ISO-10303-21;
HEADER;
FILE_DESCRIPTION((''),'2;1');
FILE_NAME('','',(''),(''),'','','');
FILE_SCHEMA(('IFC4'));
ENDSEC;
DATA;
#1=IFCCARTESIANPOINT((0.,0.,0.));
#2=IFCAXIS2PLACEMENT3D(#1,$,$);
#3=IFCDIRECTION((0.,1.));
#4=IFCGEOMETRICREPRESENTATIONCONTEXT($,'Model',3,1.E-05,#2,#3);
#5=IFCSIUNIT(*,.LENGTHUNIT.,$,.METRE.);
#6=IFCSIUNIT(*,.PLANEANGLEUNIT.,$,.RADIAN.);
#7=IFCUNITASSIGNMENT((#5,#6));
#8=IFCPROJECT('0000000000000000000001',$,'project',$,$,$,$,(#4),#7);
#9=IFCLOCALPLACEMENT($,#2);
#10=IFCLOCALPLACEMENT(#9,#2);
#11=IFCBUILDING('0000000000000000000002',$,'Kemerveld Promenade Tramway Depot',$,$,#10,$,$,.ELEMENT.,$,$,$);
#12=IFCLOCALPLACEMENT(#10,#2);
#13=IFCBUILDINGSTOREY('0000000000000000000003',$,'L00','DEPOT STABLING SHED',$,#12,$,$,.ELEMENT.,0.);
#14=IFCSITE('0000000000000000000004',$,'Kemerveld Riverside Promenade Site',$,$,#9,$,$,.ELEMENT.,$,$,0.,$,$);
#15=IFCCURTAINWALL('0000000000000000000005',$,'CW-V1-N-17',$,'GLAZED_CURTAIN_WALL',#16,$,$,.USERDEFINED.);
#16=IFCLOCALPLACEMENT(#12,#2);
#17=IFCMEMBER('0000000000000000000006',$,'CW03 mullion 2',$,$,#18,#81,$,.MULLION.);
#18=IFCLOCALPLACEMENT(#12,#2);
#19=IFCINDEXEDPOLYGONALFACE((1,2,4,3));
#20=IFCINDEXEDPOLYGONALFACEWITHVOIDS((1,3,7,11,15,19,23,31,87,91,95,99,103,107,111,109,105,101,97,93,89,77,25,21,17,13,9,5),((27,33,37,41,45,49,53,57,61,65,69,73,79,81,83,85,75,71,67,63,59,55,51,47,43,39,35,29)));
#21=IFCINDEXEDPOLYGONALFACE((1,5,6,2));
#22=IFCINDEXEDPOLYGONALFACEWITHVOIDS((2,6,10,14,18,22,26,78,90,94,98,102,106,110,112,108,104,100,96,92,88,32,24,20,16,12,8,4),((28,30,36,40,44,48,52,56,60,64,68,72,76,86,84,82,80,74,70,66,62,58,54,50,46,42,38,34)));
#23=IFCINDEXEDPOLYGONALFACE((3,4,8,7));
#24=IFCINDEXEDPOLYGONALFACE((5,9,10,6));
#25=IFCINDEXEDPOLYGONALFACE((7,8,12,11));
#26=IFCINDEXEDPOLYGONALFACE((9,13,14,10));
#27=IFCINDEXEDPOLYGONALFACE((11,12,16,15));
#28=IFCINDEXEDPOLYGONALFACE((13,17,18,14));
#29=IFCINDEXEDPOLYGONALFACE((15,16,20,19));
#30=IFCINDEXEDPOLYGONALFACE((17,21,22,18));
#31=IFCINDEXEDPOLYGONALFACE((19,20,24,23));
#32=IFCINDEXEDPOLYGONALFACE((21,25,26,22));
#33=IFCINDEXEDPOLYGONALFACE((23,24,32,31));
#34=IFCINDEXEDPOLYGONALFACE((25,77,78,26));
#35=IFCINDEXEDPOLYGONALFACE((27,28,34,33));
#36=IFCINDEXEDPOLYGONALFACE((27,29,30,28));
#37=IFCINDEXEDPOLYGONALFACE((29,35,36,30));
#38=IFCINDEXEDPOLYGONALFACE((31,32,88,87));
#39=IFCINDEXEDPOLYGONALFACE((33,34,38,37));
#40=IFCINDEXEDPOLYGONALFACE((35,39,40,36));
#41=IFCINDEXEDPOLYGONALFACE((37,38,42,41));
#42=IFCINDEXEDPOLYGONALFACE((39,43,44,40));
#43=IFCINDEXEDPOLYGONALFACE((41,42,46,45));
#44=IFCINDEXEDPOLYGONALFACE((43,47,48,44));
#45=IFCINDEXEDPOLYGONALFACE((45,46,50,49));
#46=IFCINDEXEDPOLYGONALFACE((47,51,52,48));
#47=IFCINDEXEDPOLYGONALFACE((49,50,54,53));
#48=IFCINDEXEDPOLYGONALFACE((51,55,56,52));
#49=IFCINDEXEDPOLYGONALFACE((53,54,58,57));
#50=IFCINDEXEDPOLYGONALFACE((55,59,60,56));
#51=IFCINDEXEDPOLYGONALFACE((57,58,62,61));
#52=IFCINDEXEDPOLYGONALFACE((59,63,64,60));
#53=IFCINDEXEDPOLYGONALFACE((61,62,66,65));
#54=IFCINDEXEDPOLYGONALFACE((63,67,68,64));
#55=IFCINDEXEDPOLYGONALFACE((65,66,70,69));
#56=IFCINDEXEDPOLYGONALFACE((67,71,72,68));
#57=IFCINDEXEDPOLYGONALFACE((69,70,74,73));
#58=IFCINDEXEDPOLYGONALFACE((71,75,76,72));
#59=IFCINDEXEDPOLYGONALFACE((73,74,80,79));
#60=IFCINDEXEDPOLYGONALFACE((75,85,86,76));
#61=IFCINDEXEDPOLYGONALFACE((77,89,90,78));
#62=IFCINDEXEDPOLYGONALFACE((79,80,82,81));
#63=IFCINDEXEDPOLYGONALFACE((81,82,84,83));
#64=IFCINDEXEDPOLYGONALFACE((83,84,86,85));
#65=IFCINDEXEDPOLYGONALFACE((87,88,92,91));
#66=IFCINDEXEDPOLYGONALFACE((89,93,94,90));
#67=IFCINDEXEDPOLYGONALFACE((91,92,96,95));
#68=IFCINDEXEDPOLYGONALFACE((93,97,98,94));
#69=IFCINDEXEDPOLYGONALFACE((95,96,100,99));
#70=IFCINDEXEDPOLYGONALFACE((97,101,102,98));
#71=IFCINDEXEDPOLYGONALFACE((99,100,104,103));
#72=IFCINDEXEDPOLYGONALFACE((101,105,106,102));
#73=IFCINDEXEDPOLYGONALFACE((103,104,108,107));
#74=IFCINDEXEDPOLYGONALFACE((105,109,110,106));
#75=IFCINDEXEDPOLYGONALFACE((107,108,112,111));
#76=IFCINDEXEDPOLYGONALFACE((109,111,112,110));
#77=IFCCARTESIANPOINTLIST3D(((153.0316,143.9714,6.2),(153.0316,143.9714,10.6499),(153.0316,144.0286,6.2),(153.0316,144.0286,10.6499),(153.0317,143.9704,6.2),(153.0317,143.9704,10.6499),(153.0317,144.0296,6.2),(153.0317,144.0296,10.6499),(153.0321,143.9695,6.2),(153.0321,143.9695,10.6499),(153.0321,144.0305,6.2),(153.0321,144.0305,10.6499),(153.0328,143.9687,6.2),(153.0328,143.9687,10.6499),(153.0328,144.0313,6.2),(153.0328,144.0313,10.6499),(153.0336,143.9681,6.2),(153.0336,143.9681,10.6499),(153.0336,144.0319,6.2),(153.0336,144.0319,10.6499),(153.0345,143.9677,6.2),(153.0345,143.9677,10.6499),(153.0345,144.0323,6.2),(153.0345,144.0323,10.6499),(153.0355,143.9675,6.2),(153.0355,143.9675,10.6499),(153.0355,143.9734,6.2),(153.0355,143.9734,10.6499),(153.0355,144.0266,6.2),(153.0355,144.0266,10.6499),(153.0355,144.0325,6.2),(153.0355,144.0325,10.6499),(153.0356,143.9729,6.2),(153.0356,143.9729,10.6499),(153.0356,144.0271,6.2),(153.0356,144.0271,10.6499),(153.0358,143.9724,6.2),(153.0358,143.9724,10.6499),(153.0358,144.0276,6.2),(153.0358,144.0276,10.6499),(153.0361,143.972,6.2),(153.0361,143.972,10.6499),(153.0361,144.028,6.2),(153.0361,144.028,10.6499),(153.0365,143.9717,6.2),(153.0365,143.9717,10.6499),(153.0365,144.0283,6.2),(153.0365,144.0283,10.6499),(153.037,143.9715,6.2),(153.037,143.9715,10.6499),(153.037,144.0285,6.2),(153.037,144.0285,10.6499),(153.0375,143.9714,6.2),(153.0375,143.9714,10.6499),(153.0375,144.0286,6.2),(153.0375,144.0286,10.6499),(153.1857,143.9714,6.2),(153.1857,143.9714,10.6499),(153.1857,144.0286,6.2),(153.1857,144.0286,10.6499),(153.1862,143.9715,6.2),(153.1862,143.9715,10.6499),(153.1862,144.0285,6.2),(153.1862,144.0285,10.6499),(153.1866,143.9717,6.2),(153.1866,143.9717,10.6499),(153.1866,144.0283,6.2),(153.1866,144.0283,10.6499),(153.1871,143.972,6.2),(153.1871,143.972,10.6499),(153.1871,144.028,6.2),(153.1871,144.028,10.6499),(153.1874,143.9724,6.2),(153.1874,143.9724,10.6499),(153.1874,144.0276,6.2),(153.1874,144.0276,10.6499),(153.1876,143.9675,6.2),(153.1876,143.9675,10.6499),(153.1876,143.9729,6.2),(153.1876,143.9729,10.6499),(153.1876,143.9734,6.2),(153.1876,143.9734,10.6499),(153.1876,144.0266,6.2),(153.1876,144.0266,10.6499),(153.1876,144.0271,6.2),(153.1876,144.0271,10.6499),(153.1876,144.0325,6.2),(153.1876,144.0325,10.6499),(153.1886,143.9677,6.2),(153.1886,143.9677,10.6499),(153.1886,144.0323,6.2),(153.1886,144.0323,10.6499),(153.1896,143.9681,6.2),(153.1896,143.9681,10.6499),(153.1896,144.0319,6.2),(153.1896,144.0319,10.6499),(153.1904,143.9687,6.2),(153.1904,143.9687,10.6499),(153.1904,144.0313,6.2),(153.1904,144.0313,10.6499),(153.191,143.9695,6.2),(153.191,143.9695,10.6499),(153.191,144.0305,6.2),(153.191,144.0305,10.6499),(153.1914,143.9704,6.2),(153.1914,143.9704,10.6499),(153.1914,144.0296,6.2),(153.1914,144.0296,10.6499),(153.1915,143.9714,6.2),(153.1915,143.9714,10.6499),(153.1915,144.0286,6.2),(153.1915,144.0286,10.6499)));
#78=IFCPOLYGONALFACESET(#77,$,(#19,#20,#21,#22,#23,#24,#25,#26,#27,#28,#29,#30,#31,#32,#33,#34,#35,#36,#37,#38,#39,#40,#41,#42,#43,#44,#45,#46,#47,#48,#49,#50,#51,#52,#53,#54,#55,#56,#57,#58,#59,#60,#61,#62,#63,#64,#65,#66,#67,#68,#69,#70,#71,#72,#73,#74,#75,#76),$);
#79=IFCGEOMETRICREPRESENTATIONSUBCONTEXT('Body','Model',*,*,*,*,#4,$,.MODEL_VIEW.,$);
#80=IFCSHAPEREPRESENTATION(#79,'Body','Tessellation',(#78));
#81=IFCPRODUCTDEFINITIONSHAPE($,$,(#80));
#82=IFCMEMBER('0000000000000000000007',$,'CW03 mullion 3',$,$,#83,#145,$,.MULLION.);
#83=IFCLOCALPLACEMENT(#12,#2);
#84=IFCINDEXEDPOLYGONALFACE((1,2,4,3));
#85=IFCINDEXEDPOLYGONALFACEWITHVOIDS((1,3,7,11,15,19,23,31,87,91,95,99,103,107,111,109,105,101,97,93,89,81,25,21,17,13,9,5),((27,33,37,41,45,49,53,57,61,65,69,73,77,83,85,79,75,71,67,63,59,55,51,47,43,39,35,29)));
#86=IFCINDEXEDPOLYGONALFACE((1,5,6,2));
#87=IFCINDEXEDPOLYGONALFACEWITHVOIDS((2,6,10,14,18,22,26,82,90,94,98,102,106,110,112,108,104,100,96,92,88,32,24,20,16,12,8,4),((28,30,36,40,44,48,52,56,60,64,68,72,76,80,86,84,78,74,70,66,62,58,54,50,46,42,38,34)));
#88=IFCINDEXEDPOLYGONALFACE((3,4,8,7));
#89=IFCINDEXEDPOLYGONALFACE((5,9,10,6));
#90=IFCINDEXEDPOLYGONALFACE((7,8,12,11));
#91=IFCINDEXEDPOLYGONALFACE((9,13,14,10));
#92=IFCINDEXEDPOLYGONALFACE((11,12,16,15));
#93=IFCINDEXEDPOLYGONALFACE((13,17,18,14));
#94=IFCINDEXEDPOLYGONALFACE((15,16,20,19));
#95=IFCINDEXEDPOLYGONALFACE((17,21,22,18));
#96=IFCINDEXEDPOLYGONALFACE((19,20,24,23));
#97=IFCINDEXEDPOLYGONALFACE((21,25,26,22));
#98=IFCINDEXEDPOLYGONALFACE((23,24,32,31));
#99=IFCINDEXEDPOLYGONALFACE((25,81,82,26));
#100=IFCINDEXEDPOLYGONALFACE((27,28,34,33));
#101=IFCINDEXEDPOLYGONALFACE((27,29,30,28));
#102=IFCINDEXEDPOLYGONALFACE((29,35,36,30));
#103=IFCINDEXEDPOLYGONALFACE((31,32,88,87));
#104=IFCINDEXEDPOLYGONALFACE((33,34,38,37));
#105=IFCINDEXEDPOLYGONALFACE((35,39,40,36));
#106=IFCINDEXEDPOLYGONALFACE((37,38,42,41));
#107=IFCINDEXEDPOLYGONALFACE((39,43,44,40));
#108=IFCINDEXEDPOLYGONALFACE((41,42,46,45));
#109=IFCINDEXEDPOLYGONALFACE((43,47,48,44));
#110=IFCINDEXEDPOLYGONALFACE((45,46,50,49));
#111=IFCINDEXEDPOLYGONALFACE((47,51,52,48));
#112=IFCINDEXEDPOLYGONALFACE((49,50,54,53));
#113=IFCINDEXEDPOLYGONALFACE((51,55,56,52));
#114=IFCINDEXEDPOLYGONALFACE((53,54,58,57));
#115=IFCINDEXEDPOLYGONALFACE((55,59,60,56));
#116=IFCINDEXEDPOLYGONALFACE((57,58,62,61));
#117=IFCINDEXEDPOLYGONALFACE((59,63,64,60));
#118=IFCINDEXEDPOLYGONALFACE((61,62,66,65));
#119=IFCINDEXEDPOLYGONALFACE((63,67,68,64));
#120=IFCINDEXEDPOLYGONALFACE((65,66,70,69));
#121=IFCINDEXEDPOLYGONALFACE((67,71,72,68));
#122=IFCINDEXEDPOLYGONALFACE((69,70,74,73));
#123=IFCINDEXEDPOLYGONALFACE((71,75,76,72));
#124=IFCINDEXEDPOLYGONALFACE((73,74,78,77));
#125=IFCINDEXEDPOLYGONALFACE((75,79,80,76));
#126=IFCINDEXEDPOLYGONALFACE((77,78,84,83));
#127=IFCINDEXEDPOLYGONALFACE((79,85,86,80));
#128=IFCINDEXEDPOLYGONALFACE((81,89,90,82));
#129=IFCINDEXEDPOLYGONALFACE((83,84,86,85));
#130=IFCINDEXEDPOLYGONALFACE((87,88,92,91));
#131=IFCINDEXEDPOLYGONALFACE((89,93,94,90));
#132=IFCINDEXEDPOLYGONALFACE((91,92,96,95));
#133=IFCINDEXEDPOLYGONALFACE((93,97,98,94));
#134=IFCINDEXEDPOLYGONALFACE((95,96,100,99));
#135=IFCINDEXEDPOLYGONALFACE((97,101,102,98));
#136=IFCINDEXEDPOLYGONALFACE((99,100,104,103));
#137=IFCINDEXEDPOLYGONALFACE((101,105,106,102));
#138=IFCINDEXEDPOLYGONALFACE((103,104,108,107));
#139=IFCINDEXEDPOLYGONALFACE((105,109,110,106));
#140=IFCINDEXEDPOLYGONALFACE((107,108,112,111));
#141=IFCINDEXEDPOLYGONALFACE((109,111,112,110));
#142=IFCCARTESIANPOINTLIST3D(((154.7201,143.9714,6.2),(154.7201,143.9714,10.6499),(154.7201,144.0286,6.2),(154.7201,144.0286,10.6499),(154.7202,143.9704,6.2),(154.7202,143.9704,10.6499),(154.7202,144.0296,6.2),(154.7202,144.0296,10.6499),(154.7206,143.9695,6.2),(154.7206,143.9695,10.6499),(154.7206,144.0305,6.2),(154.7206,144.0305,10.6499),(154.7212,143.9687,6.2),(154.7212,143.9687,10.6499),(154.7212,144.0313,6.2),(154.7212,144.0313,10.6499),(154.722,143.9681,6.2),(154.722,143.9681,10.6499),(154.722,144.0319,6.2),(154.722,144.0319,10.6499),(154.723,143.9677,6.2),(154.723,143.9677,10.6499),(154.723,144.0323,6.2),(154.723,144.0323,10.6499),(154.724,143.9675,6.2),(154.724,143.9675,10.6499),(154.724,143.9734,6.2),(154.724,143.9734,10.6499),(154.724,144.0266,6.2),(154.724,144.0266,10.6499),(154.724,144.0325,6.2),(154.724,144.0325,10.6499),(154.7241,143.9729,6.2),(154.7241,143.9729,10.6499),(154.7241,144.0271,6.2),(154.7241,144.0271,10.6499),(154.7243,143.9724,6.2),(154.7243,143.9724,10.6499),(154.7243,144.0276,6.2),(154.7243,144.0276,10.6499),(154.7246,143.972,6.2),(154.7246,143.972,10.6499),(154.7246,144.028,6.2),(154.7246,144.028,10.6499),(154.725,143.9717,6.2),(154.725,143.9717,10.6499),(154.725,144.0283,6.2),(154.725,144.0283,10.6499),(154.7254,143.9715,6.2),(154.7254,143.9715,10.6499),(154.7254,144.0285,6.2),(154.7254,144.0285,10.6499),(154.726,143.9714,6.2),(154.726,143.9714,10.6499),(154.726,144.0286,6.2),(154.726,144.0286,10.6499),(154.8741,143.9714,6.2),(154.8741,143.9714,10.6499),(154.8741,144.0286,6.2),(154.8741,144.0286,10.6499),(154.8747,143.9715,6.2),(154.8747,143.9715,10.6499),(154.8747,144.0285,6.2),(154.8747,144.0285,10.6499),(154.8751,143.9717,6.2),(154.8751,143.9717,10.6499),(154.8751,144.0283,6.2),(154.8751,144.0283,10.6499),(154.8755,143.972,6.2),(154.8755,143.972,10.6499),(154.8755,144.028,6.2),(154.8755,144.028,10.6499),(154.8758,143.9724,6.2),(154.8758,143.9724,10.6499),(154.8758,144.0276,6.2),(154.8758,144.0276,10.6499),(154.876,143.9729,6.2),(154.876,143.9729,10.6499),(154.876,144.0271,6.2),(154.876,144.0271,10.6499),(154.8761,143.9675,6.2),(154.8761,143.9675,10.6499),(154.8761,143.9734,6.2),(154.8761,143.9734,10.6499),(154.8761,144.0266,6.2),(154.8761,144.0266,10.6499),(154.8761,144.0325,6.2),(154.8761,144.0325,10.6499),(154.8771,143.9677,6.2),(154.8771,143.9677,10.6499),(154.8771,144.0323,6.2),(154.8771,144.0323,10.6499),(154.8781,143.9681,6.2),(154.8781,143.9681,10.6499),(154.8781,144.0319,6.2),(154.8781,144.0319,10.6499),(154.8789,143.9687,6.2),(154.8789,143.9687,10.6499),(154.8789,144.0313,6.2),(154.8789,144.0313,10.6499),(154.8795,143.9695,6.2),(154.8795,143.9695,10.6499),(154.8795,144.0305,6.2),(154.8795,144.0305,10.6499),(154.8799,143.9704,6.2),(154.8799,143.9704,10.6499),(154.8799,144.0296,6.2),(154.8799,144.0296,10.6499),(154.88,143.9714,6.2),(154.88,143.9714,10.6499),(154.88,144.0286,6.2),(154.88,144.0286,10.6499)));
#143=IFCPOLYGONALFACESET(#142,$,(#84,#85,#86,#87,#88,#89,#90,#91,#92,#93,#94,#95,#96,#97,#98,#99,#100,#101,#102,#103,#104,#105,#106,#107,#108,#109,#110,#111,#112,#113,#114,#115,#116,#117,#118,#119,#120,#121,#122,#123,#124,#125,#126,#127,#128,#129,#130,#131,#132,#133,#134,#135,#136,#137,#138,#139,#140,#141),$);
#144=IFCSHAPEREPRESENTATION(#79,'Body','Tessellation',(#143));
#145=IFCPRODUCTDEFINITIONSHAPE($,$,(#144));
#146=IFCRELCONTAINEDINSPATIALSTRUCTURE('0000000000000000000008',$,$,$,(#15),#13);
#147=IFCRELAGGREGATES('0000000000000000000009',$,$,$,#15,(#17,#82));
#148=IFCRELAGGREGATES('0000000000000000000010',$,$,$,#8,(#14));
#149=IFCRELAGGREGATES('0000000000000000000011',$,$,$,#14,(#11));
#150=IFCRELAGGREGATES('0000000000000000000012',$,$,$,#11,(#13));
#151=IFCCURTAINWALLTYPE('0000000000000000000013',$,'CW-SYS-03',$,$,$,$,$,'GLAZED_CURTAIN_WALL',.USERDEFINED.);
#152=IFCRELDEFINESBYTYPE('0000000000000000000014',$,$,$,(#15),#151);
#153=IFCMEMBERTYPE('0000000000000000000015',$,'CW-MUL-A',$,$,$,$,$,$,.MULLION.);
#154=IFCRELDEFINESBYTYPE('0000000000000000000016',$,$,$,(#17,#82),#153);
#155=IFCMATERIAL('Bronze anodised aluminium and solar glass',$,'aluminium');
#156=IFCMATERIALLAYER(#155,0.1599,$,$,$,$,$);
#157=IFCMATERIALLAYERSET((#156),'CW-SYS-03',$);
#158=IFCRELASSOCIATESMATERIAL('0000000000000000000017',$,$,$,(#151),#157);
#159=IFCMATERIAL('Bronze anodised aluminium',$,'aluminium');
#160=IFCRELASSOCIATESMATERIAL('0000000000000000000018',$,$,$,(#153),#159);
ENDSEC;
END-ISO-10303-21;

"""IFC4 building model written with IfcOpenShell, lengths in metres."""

from ifc_helpers import new_model, si_unit, direction, frame, origin, origin_2d, place, context, subcontext, project, spatial, hollow_rectangle, extrude, material, layer, layer_set, material_profile, profile_set, type_object, element, aggregate, save


model = new_model("IFC4")

# Units and contexts
model_context = context("Model", 3, precision=1e-05, world=origin(), true_north=direction((0.0, 1.0)))
body_context = subcontext(model_context, "Body", "Model", "MODEL_VIEW")
ifc_project = project(units=[si_unit("LENGTHUNIT", "METRE"), si_unit("PLANEANGLEUNIT", "RADIAN")], contexts=[model_context])

# Site, building, storey
site_placement = place(None, origin())
site = spatial("IfcSite", under=ifc_project, at=site_placement, Name="Kemerveld Riverside Promenade Site", CompositionType="ELEMENT", RefElevation=0.0)
building_placement = place(site_placement, origin())
building = spatial("IfcBuilding", under=site, at=building_placement, Name="Kemerveld Promenade Tramway Depot", CompositionType="ELEMENT")
storey_placement = place(building_placement, origin())
storey = spatial("IfcBuildingStorey", under=building, at=storey_placement, Name="L00", Description="DEPOT STABLING SHED", CompositionType="ELEMENT", Elevation=0.0)

# Curtain wall, members
ifc_material_1 = material(Name="Bronze anodised aluminium and solar glass", Category="aluminium")
ifc_layer_1 = layer(ifc_material_1, 0.1599)
ifc_layer_set_1 = layer_set([ifc_layer_1], Name="CW-SYS-03")
curtain_wall_type = type_object("IfcCurtainWallType", Name="CW-SYS-03", ElementType="GLAZED_CURTAIN_WALL", PredefinedType="USERDEFINED", material=ifc_layer_set_1)
curtain_wall_placement = place(storey_placement, origin())
curtain_wall = element("IfcCurtainWall", 1, at=curtain_wall_placement, inside=storey, type_object=curtain_wall_type, Name="CW-V1-N-17", ObjectType="GLAZED_CURTAIN_WALL", PredefinedType="USERDEFINED")
ifc_material_2 = material(Name="Bronze anodised aluminium", Category="aluminium")
ifc_material_profile_1 = material_profile(ifc_material_2, hollow_rectangle(XDim=0.0649, YDim=0.1599, WallThickness=0.0039, InnerFilletRadius=0.002, OuterFilletRadius=0.0039, at=origin_2d()), Name="CW-MUL-160x65")
ifc_profile_set_1 = profile_set([ifc_material_profile_1], Name="Bronze anodised aluminium")
member_type_1 = type_object("IfcMemberType", Name="CW-MUL-A", PredefinedType="MULLION", material=ifc_profile_set_1)
member_1_placement = place(storey_placement, frame((153.1116, 144.0, 6.2), z_axis=(0.0, 0.0, 1.0), x_axis=(0.0, 1.0, 0.0)))
member_1 = element("IfcMember", 2, at=member_1_placement, type_object=member_type_1, Name="CW03 mullion 2", PredefinedType="MULLION", context=body_context, shape_type="SweptSolid", body=[
    extrude(hollow_rectangle(XDim=0.0649, YDim=0.1599, WallThickness=0.0039, InnerFilletRadius=0.002, OuterFilletRadius=0.0039, at=origin_2d()), origin(), (0.0, 0.0, 1.0), 4.45),
])
member_2_placement = place(storey_placement, frame((154.8, 144.0, 6.2), z_axis=(0.0, 0.0, 1.0), x_axis=(0.0, 1.0, 0.0)))
member_2 = element("IfcMember", 3, at=member_2_placement, type_object=member_type_1, Name="CW03 mullion 3", PredefinedType="MULLION", context=body_context, shape_type="SweptSolid", body=[
    extrude(hollow_rectangle(XDim=0.0649, YDim=0.1599, WallThickness=0.0039, InnerFilletRadius=0.002, OuterFilletRadius=0.0039, at=origin_2d()), origin(), (0.0, 0.0, 1.0), 4.45),
])
aggregate(curtain_wall, [member_1, member_2])

save(model, "model.ifc")
